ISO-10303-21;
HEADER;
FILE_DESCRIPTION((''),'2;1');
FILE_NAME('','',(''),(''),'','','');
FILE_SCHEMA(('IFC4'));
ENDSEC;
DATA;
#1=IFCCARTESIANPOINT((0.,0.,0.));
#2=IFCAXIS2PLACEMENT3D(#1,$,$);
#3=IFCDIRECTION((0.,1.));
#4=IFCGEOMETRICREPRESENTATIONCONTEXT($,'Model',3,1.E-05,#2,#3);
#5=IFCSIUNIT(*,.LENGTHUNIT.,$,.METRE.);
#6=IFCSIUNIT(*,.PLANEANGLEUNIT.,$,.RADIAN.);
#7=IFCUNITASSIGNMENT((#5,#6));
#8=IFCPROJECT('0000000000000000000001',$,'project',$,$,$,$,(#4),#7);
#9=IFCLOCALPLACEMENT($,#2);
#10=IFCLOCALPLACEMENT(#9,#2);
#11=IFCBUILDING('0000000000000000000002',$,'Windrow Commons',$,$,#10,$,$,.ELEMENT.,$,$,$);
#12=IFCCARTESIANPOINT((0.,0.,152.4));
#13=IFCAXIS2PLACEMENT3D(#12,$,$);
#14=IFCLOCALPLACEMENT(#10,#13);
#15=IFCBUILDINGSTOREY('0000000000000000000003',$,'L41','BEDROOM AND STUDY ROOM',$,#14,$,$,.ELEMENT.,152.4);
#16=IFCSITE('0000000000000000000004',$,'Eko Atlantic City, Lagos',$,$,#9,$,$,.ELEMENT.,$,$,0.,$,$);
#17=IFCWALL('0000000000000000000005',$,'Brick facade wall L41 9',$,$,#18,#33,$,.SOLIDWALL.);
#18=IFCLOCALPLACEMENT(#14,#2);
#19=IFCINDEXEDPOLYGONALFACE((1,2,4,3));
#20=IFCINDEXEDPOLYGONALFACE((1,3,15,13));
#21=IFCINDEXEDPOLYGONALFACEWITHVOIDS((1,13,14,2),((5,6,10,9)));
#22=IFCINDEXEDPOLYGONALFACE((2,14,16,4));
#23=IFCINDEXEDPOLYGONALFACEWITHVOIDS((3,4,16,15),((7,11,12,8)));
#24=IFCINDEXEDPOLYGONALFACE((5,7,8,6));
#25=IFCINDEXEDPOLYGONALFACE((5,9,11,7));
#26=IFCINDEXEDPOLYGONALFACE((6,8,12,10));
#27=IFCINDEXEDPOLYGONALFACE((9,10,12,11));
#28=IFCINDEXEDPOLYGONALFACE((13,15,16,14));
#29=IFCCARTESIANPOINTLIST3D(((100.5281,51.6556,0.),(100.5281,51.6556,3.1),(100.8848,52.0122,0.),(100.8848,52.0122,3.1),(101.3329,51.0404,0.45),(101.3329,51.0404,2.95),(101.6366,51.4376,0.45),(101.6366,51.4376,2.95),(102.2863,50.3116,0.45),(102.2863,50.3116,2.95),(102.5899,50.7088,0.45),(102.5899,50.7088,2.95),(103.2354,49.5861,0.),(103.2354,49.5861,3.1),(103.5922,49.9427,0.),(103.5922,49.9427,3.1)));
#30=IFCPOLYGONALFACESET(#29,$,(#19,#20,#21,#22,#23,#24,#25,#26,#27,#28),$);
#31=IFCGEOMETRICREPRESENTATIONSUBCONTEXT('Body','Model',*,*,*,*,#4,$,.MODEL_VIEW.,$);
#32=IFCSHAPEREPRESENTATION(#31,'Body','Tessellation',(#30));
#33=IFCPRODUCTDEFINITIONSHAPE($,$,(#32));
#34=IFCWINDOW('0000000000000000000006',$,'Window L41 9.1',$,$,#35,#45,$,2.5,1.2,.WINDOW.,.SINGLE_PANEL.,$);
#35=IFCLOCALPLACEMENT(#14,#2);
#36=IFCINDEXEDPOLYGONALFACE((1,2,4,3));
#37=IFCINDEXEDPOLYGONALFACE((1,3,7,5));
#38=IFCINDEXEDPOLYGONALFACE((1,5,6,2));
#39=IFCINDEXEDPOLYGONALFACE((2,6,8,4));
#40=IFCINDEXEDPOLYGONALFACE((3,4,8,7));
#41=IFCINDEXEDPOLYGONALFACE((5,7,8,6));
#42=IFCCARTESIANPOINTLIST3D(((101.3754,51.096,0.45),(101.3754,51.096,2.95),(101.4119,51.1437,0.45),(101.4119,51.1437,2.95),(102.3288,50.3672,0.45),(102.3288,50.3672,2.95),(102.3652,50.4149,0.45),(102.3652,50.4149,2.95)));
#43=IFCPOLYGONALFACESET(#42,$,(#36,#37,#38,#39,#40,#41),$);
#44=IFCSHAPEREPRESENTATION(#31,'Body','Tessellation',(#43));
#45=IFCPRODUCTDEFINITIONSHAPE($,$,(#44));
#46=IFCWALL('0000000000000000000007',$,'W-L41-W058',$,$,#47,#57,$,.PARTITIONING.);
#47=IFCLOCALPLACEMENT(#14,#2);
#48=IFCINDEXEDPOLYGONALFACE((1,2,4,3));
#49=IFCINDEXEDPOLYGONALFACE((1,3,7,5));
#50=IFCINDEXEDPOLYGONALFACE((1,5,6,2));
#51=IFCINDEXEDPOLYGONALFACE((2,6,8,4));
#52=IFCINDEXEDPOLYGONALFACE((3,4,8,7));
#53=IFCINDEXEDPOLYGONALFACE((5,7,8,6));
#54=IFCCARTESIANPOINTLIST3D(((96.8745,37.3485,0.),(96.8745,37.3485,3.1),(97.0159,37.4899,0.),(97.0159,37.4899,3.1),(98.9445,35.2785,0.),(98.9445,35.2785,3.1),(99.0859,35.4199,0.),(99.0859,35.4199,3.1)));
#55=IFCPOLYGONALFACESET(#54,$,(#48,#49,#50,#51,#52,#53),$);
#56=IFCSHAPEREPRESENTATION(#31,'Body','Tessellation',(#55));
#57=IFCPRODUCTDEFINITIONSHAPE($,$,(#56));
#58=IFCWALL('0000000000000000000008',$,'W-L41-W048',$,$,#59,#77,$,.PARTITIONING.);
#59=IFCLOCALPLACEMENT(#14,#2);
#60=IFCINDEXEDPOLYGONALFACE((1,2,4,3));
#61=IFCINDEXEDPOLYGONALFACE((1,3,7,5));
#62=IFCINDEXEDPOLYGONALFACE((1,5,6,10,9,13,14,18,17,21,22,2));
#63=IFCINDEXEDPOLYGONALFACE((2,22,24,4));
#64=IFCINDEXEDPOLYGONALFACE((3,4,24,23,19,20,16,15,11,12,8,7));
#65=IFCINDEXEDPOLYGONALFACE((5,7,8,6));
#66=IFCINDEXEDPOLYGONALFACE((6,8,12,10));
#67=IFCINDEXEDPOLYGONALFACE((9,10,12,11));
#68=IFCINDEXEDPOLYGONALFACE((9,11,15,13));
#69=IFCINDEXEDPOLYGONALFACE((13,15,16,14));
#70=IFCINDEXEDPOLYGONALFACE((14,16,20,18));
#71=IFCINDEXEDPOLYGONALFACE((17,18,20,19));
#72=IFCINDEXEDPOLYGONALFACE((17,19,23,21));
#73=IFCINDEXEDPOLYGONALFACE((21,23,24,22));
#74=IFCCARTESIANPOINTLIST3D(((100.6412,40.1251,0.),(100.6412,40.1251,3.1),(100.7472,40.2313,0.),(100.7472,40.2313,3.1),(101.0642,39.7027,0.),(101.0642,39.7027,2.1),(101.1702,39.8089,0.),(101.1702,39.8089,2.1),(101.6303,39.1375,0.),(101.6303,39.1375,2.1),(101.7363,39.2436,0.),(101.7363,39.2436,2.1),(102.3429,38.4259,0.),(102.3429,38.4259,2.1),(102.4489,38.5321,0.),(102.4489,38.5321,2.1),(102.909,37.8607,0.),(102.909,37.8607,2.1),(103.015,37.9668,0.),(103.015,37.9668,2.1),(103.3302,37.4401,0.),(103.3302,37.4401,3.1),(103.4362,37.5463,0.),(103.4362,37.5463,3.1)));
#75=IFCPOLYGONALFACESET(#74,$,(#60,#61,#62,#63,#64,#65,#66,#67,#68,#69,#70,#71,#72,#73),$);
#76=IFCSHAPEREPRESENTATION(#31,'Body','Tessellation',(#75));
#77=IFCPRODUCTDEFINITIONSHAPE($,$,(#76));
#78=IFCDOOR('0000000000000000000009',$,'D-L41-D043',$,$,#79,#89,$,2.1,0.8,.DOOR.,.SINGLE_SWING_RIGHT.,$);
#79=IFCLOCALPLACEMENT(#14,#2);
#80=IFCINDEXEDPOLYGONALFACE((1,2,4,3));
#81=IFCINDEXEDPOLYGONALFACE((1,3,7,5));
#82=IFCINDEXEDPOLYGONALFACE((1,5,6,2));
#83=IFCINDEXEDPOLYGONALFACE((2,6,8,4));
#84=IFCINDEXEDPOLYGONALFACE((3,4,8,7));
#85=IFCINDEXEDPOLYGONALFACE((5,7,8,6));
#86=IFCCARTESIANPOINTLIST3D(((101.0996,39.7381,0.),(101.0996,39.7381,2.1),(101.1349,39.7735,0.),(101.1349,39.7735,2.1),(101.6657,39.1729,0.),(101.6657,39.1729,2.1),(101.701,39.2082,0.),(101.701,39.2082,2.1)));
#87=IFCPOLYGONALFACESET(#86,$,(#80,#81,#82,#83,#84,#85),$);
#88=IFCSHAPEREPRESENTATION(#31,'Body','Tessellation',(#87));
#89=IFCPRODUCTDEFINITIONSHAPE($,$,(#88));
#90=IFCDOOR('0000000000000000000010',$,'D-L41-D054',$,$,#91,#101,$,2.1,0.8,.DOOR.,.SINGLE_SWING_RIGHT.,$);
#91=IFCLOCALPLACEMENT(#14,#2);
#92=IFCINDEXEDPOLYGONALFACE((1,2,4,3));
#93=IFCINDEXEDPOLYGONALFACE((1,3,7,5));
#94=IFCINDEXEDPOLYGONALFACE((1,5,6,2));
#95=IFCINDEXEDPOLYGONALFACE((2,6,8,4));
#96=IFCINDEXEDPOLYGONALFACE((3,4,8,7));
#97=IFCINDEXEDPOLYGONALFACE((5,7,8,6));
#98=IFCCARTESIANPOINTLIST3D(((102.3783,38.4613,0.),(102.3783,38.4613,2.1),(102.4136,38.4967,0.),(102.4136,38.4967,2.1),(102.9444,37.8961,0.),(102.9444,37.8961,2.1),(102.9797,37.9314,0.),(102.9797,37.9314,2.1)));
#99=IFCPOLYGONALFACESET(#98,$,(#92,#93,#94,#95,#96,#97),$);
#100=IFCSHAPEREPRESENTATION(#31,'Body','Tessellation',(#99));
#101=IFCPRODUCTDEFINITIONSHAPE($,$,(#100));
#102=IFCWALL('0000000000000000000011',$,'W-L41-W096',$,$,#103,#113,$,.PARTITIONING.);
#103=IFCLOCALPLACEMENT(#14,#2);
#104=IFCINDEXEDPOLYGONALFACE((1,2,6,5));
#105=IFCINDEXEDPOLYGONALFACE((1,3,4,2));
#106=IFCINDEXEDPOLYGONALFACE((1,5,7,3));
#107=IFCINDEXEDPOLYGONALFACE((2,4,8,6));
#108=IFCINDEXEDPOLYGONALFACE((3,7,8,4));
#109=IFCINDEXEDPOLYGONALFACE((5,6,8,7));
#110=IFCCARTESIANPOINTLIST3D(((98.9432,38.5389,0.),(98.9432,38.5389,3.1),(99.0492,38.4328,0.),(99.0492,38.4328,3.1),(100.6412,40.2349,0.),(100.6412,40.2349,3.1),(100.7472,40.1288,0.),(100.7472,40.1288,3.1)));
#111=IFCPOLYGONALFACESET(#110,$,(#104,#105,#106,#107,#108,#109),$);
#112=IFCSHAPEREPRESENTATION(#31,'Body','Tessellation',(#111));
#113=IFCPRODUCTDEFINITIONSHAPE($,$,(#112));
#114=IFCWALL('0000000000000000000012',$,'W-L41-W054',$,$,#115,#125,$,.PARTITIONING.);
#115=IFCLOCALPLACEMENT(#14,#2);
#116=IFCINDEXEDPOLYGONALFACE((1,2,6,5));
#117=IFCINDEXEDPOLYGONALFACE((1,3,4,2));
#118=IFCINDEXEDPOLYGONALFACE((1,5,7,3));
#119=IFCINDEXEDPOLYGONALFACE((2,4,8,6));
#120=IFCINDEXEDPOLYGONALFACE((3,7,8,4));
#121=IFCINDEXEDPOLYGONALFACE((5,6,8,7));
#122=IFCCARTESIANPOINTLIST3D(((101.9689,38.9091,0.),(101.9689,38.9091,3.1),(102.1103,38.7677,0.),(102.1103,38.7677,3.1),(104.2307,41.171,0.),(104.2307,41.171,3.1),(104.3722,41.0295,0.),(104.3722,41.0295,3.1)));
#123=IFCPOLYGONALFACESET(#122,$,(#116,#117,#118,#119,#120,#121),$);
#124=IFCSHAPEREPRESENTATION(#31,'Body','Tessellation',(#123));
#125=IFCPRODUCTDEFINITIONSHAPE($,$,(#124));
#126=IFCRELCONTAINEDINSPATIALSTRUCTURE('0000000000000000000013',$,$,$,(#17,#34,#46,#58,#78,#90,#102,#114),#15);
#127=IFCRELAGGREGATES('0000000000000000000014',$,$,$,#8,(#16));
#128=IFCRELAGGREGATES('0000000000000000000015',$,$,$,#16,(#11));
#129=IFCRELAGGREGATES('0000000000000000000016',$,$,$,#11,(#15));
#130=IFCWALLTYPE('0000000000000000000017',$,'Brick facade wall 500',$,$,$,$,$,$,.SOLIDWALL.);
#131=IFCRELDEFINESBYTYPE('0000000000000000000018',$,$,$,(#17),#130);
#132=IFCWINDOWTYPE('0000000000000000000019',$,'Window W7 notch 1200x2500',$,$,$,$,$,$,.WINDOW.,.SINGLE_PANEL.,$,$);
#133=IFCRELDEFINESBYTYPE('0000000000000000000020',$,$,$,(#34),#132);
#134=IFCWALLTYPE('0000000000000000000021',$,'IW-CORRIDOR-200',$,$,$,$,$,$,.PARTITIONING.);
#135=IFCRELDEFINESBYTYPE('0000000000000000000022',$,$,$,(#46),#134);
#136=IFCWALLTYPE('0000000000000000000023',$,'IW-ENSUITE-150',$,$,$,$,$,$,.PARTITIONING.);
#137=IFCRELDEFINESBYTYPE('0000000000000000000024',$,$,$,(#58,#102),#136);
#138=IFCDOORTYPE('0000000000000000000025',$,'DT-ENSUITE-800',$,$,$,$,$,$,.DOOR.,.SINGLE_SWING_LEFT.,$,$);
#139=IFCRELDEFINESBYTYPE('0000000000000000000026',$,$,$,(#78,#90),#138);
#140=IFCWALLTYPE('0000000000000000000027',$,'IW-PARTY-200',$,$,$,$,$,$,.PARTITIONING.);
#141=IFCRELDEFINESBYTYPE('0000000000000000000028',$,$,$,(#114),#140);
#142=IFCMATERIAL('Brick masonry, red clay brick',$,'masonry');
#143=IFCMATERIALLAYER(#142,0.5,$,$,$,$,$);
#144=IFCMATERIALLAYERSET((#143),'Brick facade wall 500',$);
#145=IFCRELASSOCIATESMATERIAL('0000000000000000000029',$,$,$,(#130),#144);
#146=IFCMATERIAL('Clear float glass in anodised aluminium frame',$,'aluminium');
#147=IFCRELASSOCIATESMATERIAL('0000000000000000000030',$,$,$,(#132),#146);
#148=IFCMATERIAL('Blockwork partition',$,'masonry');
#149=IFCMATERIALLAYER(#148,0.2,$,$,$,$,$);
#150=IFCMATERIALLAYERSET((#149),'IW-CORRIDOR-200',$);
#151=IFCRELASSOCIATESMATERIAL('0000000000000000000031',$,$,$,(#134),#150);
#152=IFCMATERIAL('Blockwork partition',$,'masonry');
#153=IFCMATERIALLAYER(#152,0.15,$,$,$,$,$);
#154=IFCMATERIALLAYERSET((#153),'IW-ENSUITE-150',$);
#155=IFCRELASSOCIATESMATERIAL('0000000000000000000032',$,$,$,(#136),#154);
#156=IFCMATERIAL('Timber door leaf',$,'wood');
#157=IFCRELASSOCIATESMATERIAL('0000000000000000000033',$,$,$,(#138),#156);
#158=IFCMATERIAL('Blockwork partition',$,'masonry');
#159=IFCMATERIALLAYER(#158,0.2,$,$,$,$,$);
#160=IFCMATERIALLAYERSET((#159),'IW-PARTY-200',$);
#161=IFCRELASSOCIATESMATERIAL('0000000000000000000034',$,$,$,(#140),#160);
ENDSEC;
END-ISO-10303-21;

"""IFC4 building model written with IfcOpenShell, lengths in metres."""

from ifc_helpers import new_model, si_unit, direction, frame, frame_2d, origin, place, context, subcontext, project, spatial, polyline, rectangle, outline, extrude, material, layer, layer_set, type_object, element, fill, save


model = new_model("IFC4")

# Units and contexts
model_context = context("Model", 3, precision=1e-05, world=origin(), true_north=direction((0.0, 1.0)))
body_context = subcontext(model_context, "Body", "Model", "MODEL_VIEW")
ifc_project = project(units=[si_unit("LENGTHUNIT", "METRE"), si_unit("PLANEANGLEUNIT", "RADIAN")], contexts=[model_context])

# Site, building, storey
site_placement = place(None, origin())
site = spatial("IfcSite", under=ifc_project, at=site_placement, Name="Eko Atlantic City, Lagos", CompositionType="ELEMENT", RefElevation=0.0)
building_placement = place(site_placement, origin())
building = spatial("IfcBuilding", under=site, at=building_placement, Name="Windrow Commons", CompositionType="ELEMENT")
storey_placement = place(building_placement, frame((0.0, 0.0, 152.4)))
storey = spatial("IfcBuildingStorey", under=building, at=storey_placement, Name="L41", Description="BEDROOM AND STUDY ROOM", CompositionType="ELEMENT", Elevation=152.4)

# Wall, opening, window
ifc_material_1 = material(Name="Brick masonry, red clay brick", Category="masonry")
ifc_layer_1 = layer(ifc_material_1, 0.5)
ifc_layer_set_1 = layer_set([ifc_layer_1], Name="Brick facade wall 500")
wall_type_1 = type_object("IfcWallType", Name="Brick facade wall 500", PredefinedType="SOLIDWALL", material=ifc_layer_set_1)
ifc_material_2 = material(Name="Clear float glass in anodised aluminium frame", Category="aluminium")
window_type_1 = type_object("IfcWindowType", Name="Window W7 notch 1200x2500", PartitioningType="SINGLE_PANEL", PredefinedType="WINDOW", material=ifc_material_2)
wall_1_placement = place(storey_placement, frame((103.4138, 49.7644, 0.0), z_axis=(0.0, 0.0, 1.0), x_axis=(-0.794469, 0.607304, 0.0)))
wall_1 = element("IfcWall", 1, at=wall_1_placement, inside=storey, type_object=wall_type_1, Name="Brick facade wall L41 9", PredefinedType="SOLIDWALL", context=body_context, shape_type="SweptSolid", body=[
    extrude(outline(polyline([(-0.0334, -0.25), (3.3743, -0.25), (3.4411, 0.25), (0.0334, 0.25), (-0.0334, -0.25)])), origin(), (0.0, 0.0, 1.0), 3.1),
])
opening_1_placement = place(wall_1_placement, frame((1.2281, 0.0, 0.45)))
opening_1 = element("IfcOpeningElement", 2, at=opening_1_placement, cuts=wall_1, PredefinedType="OPENING", context=body_context, shape_type="SweptSolid", body=[
    extrude(rectangle(XDim=1.2, YDim=2.5, at=frame_2d((0.6, 1.25))), frame((0.0, 0.26, 0.0), z_axis=(0.0, -1.0, 0.0), x_axis=(1.0, 0.0, 0.0)), (0.0, 0.0, 1.0), 0.52),
])
window_1_placement = place(opening_1_placement, origin())
window_1 = element("IfcWindow", 3, at=window_1_placement, inside=storey, type_object=window_type_1, Name="Window L41 9.1", OverallHeight=2.5, OverallWidth=1.2, PartitioningType="SINGLE_PANEL", PredefinedType="WINDOW", context=body_context, shape_type="SweptSolid", body=[
    extrude(rectangle(XDim=1.2, YDim=2.5, at=frame_2d((0.6, 1.25))), frame((0.0, 0.18, 0.0), z_axis=(0.0, -1.0, 0.0), x_axis=(1.0, 0.0, 0.0)), (0.0, 0.0, 1.0), 0.06),
])
fill(opening_1, window_1)

# Wall
ifc_material_3 = material(Name="Blockwork partition", Category="masonry")
ifc_layer_2 = layer(ifc_material_3, 0.2)
ifc_layer_set_2 = layer_set([ifc_layer_2], Name="IW-CORRIDOR-200")
wall_type_2 = type_object("IfcWallType", Name="IW-CORRIDOR-200", PredefinedType="PARTITIONING", material=ifc_layer_set_2)
wall_2_placement = place(storey_placement, frame((96.9452, 37.4192, 0.0), z_axis=(0.0, 0.0, 1.0), x_axis=(0.707107, -0.707107, 0.0)))
element("IfcWall", 4, at=wall_2_placement, inside=storey, type_object=wall_type_2, Name="W-L41-W058", PredefinedType="PARTITIONING", context=body_context, shape_type="SweptSolid", body=[
    extrude(rectangle(XDim=2.9274, YDim=0.2, at=frame_2d((1.4637, 0.0))), origin(), (0.0, 0.0, 1.0), 3.1),
])

# Wall, openings, doors
ifc_material_4 = material(Name="Blockwork partition", Category="masonry")
ifc_layer_3 = layer(ifc_material_4, 0.15)
ifc_layer_set_3 = layer_set([ifc_layer_3], Name="IW-ENSUITE-150")
wall_type_3 = type_object("IfcWallType", Name="IW-ENSUITE-150", PredefinedType="PARTITIONING", material=ifc_layer_set_3)
wall_3_placement = place(storey_placement, frame((100.6942, 40.1782, 0.0), z_axis=(0.0, 0.0, 1.0), x_axis=(0.707633, -0.70658, 0.0)))
wall_3 = element("IfcWall", 5, at=wall_3_placement, inside=storey, type_object=wall_type_3, Name="W-L41-W048", PredefinedType="PARTITIONING", context=body_context, shape_type="SweptSolid", body=[
    extrude(rectangle(XDim=3.8, YDim=0.15, at=frame_2d((1.9, 0.0))), origin(), (0.0, 0.0, 1.0), 3.1),
])
opening_2_placement = place(wall_3_placement, frame((0.5978, 0.0, 0.0)))
opening_2 = element("IfcOpeningElement", 6, at=opening_2_placement, cuts=wall_3, PredefinedType="OPENING", context=body_context, shape_type="SweptSolid", body=[
    extrude(rectangle(XDim=0.8, YDim=2.1, at=frame_2d((0.4, 1.05))), frame((0.0, 0.085, 0.0), z_axis=(0.0, -1.0, 0.0), x_axis=(1.0, 0.0, 0.0)), (0.0, 0.0, 1.0), 0.17),
])
opening_3_placement = place(wall_3_placement, frame((2.4048, 0.0, 0.0)))
opening_3 = element("IfcOpeningElement", 7, at=opening_3_placement, cuts=wall_3, PredefinedType="OPENING", context=body_context, shape_type="SweptSolid", body=[
    extrude(rectangle(XDim=0.8, YDim=2.1, at=frame_2d((0.4, 1.05))), frame((0.0, 0.085, 0.0), z_axis=(0.0, -1.0, 0.0), x_axis=(1.0, 0.0, 0.0)), (0.0, 0.0, 1.0), 0.17),
])
ifc_material_5 = material(Name="Timber door leaf", Category="wood")
door_type = type_object("IfcDoorType", Name="DT-ENSUITE-800", OperationType="SINGLE_SWING_LEFT", PredefinedType="DOOR", material=ifc_material_5)
door_1_placement = place(opening_2_placement, origin())
door_1 = element("IfcDoor", 8, at=door_1_placement, inside=storey, type_object=door_type, Name="D-L41-D043", OperationType="SINGLE_SWING_RIGHT", OverallHeight=2.1, OverallWidth=0.8, PredefinedType="DOOR", context=body_context, shape_type="SweptSolid", body=[
    extrude(rectangle(XDim=0.8, YDim=2.1, at=frame_2d((0.4, 1.05))), frame((0.0, 0.025, 0.0), z_axis=(0.0, -1.0, 0.0), x_axis=(1.0, 0.0, 0.0)), (0.0, 0.0, 1.0), 0.05),
])
fill(opening_2, door_1)
door_2_placement = place(opening_3_placement, origin())
door_2 = element("IfcDoor", 9, at=door_2_placement, inside=storey, type_object=door_type, Name="D-L41-D054", OperationType="SINGLE_SWING_RIGHT", OverallHeight=2.1, OverallWidth=0.8, PredefinedType="DOOR", context=body_context, shape_type="SweptSolid", body=[
    extrude(rectangle(XDim=0.8, YDim=2.1, at=frame_2d((0.4, 1.05))), frame((0.0, 0.025, 0.0), z_axis=(0.0, -1.0, 0.0), x_axis=(1.0, 0.0, 0.0)), (0.0, 0.0, 1.0), 0.05),
])
fill(opening_3, door_2)

# Walls
wall_4_placement = place(storey_placement, frame((98.9962, 38.4858, 0.0), z_axis=(0.0, 0.0, 1.0), x_axis=(0.707523, 0.70669, 0.0)))
element("IfcWall", 10, at=wall_4_placement, inside=storey, type_object=wall_type_3, Name="W-L41-W096", PredefinedType="PARTITIONING", context=body_context, shape_type="SweptSolid", body=[
    extrude(rectangle(XDim=2.3999, YDim=0.15, at=frame_2d((1.2, 0.0))), origin(), (0.0, 0.0, 1.0), 3.1),
])
ifc_material_6 = material(Name="Blockwork partition", Category="masonry")
ifc_layer_4 = layer(ifc_material_6, 0.2)
ifc_layer_set_4 = layer_set([ifc_layer_4], Name="IW-PARTY-200")
wall_type_4 = type_object("IfcWallType", Name="IW-PARTY-200", PredefinedType="PARTITIONING", material=ifc_layer_set_4)
wall_5_placement = place(storey_placement, frame((102.0396, 38.8384, 0.0), z_axis=(0.0, 0.0, 1.0), x_axis=(0.707107, 0.707107, 0.0)))
element("IfcWall", 11, at=wall_5_placement, inside=storey, type_object=wall_type_4, Name="W-L41-W054", PredefinedType="PARTITIONING", context=body_context, shape_type="SweptSolid", body=[
    extrude(rectangle(XDim=3.1987, YDim=0.2, at=frame_2d((1.5994, 0.0))), origin(), (0.0, 0.0, 1.0), 3.1),
])

save(model, "model.ifc")
